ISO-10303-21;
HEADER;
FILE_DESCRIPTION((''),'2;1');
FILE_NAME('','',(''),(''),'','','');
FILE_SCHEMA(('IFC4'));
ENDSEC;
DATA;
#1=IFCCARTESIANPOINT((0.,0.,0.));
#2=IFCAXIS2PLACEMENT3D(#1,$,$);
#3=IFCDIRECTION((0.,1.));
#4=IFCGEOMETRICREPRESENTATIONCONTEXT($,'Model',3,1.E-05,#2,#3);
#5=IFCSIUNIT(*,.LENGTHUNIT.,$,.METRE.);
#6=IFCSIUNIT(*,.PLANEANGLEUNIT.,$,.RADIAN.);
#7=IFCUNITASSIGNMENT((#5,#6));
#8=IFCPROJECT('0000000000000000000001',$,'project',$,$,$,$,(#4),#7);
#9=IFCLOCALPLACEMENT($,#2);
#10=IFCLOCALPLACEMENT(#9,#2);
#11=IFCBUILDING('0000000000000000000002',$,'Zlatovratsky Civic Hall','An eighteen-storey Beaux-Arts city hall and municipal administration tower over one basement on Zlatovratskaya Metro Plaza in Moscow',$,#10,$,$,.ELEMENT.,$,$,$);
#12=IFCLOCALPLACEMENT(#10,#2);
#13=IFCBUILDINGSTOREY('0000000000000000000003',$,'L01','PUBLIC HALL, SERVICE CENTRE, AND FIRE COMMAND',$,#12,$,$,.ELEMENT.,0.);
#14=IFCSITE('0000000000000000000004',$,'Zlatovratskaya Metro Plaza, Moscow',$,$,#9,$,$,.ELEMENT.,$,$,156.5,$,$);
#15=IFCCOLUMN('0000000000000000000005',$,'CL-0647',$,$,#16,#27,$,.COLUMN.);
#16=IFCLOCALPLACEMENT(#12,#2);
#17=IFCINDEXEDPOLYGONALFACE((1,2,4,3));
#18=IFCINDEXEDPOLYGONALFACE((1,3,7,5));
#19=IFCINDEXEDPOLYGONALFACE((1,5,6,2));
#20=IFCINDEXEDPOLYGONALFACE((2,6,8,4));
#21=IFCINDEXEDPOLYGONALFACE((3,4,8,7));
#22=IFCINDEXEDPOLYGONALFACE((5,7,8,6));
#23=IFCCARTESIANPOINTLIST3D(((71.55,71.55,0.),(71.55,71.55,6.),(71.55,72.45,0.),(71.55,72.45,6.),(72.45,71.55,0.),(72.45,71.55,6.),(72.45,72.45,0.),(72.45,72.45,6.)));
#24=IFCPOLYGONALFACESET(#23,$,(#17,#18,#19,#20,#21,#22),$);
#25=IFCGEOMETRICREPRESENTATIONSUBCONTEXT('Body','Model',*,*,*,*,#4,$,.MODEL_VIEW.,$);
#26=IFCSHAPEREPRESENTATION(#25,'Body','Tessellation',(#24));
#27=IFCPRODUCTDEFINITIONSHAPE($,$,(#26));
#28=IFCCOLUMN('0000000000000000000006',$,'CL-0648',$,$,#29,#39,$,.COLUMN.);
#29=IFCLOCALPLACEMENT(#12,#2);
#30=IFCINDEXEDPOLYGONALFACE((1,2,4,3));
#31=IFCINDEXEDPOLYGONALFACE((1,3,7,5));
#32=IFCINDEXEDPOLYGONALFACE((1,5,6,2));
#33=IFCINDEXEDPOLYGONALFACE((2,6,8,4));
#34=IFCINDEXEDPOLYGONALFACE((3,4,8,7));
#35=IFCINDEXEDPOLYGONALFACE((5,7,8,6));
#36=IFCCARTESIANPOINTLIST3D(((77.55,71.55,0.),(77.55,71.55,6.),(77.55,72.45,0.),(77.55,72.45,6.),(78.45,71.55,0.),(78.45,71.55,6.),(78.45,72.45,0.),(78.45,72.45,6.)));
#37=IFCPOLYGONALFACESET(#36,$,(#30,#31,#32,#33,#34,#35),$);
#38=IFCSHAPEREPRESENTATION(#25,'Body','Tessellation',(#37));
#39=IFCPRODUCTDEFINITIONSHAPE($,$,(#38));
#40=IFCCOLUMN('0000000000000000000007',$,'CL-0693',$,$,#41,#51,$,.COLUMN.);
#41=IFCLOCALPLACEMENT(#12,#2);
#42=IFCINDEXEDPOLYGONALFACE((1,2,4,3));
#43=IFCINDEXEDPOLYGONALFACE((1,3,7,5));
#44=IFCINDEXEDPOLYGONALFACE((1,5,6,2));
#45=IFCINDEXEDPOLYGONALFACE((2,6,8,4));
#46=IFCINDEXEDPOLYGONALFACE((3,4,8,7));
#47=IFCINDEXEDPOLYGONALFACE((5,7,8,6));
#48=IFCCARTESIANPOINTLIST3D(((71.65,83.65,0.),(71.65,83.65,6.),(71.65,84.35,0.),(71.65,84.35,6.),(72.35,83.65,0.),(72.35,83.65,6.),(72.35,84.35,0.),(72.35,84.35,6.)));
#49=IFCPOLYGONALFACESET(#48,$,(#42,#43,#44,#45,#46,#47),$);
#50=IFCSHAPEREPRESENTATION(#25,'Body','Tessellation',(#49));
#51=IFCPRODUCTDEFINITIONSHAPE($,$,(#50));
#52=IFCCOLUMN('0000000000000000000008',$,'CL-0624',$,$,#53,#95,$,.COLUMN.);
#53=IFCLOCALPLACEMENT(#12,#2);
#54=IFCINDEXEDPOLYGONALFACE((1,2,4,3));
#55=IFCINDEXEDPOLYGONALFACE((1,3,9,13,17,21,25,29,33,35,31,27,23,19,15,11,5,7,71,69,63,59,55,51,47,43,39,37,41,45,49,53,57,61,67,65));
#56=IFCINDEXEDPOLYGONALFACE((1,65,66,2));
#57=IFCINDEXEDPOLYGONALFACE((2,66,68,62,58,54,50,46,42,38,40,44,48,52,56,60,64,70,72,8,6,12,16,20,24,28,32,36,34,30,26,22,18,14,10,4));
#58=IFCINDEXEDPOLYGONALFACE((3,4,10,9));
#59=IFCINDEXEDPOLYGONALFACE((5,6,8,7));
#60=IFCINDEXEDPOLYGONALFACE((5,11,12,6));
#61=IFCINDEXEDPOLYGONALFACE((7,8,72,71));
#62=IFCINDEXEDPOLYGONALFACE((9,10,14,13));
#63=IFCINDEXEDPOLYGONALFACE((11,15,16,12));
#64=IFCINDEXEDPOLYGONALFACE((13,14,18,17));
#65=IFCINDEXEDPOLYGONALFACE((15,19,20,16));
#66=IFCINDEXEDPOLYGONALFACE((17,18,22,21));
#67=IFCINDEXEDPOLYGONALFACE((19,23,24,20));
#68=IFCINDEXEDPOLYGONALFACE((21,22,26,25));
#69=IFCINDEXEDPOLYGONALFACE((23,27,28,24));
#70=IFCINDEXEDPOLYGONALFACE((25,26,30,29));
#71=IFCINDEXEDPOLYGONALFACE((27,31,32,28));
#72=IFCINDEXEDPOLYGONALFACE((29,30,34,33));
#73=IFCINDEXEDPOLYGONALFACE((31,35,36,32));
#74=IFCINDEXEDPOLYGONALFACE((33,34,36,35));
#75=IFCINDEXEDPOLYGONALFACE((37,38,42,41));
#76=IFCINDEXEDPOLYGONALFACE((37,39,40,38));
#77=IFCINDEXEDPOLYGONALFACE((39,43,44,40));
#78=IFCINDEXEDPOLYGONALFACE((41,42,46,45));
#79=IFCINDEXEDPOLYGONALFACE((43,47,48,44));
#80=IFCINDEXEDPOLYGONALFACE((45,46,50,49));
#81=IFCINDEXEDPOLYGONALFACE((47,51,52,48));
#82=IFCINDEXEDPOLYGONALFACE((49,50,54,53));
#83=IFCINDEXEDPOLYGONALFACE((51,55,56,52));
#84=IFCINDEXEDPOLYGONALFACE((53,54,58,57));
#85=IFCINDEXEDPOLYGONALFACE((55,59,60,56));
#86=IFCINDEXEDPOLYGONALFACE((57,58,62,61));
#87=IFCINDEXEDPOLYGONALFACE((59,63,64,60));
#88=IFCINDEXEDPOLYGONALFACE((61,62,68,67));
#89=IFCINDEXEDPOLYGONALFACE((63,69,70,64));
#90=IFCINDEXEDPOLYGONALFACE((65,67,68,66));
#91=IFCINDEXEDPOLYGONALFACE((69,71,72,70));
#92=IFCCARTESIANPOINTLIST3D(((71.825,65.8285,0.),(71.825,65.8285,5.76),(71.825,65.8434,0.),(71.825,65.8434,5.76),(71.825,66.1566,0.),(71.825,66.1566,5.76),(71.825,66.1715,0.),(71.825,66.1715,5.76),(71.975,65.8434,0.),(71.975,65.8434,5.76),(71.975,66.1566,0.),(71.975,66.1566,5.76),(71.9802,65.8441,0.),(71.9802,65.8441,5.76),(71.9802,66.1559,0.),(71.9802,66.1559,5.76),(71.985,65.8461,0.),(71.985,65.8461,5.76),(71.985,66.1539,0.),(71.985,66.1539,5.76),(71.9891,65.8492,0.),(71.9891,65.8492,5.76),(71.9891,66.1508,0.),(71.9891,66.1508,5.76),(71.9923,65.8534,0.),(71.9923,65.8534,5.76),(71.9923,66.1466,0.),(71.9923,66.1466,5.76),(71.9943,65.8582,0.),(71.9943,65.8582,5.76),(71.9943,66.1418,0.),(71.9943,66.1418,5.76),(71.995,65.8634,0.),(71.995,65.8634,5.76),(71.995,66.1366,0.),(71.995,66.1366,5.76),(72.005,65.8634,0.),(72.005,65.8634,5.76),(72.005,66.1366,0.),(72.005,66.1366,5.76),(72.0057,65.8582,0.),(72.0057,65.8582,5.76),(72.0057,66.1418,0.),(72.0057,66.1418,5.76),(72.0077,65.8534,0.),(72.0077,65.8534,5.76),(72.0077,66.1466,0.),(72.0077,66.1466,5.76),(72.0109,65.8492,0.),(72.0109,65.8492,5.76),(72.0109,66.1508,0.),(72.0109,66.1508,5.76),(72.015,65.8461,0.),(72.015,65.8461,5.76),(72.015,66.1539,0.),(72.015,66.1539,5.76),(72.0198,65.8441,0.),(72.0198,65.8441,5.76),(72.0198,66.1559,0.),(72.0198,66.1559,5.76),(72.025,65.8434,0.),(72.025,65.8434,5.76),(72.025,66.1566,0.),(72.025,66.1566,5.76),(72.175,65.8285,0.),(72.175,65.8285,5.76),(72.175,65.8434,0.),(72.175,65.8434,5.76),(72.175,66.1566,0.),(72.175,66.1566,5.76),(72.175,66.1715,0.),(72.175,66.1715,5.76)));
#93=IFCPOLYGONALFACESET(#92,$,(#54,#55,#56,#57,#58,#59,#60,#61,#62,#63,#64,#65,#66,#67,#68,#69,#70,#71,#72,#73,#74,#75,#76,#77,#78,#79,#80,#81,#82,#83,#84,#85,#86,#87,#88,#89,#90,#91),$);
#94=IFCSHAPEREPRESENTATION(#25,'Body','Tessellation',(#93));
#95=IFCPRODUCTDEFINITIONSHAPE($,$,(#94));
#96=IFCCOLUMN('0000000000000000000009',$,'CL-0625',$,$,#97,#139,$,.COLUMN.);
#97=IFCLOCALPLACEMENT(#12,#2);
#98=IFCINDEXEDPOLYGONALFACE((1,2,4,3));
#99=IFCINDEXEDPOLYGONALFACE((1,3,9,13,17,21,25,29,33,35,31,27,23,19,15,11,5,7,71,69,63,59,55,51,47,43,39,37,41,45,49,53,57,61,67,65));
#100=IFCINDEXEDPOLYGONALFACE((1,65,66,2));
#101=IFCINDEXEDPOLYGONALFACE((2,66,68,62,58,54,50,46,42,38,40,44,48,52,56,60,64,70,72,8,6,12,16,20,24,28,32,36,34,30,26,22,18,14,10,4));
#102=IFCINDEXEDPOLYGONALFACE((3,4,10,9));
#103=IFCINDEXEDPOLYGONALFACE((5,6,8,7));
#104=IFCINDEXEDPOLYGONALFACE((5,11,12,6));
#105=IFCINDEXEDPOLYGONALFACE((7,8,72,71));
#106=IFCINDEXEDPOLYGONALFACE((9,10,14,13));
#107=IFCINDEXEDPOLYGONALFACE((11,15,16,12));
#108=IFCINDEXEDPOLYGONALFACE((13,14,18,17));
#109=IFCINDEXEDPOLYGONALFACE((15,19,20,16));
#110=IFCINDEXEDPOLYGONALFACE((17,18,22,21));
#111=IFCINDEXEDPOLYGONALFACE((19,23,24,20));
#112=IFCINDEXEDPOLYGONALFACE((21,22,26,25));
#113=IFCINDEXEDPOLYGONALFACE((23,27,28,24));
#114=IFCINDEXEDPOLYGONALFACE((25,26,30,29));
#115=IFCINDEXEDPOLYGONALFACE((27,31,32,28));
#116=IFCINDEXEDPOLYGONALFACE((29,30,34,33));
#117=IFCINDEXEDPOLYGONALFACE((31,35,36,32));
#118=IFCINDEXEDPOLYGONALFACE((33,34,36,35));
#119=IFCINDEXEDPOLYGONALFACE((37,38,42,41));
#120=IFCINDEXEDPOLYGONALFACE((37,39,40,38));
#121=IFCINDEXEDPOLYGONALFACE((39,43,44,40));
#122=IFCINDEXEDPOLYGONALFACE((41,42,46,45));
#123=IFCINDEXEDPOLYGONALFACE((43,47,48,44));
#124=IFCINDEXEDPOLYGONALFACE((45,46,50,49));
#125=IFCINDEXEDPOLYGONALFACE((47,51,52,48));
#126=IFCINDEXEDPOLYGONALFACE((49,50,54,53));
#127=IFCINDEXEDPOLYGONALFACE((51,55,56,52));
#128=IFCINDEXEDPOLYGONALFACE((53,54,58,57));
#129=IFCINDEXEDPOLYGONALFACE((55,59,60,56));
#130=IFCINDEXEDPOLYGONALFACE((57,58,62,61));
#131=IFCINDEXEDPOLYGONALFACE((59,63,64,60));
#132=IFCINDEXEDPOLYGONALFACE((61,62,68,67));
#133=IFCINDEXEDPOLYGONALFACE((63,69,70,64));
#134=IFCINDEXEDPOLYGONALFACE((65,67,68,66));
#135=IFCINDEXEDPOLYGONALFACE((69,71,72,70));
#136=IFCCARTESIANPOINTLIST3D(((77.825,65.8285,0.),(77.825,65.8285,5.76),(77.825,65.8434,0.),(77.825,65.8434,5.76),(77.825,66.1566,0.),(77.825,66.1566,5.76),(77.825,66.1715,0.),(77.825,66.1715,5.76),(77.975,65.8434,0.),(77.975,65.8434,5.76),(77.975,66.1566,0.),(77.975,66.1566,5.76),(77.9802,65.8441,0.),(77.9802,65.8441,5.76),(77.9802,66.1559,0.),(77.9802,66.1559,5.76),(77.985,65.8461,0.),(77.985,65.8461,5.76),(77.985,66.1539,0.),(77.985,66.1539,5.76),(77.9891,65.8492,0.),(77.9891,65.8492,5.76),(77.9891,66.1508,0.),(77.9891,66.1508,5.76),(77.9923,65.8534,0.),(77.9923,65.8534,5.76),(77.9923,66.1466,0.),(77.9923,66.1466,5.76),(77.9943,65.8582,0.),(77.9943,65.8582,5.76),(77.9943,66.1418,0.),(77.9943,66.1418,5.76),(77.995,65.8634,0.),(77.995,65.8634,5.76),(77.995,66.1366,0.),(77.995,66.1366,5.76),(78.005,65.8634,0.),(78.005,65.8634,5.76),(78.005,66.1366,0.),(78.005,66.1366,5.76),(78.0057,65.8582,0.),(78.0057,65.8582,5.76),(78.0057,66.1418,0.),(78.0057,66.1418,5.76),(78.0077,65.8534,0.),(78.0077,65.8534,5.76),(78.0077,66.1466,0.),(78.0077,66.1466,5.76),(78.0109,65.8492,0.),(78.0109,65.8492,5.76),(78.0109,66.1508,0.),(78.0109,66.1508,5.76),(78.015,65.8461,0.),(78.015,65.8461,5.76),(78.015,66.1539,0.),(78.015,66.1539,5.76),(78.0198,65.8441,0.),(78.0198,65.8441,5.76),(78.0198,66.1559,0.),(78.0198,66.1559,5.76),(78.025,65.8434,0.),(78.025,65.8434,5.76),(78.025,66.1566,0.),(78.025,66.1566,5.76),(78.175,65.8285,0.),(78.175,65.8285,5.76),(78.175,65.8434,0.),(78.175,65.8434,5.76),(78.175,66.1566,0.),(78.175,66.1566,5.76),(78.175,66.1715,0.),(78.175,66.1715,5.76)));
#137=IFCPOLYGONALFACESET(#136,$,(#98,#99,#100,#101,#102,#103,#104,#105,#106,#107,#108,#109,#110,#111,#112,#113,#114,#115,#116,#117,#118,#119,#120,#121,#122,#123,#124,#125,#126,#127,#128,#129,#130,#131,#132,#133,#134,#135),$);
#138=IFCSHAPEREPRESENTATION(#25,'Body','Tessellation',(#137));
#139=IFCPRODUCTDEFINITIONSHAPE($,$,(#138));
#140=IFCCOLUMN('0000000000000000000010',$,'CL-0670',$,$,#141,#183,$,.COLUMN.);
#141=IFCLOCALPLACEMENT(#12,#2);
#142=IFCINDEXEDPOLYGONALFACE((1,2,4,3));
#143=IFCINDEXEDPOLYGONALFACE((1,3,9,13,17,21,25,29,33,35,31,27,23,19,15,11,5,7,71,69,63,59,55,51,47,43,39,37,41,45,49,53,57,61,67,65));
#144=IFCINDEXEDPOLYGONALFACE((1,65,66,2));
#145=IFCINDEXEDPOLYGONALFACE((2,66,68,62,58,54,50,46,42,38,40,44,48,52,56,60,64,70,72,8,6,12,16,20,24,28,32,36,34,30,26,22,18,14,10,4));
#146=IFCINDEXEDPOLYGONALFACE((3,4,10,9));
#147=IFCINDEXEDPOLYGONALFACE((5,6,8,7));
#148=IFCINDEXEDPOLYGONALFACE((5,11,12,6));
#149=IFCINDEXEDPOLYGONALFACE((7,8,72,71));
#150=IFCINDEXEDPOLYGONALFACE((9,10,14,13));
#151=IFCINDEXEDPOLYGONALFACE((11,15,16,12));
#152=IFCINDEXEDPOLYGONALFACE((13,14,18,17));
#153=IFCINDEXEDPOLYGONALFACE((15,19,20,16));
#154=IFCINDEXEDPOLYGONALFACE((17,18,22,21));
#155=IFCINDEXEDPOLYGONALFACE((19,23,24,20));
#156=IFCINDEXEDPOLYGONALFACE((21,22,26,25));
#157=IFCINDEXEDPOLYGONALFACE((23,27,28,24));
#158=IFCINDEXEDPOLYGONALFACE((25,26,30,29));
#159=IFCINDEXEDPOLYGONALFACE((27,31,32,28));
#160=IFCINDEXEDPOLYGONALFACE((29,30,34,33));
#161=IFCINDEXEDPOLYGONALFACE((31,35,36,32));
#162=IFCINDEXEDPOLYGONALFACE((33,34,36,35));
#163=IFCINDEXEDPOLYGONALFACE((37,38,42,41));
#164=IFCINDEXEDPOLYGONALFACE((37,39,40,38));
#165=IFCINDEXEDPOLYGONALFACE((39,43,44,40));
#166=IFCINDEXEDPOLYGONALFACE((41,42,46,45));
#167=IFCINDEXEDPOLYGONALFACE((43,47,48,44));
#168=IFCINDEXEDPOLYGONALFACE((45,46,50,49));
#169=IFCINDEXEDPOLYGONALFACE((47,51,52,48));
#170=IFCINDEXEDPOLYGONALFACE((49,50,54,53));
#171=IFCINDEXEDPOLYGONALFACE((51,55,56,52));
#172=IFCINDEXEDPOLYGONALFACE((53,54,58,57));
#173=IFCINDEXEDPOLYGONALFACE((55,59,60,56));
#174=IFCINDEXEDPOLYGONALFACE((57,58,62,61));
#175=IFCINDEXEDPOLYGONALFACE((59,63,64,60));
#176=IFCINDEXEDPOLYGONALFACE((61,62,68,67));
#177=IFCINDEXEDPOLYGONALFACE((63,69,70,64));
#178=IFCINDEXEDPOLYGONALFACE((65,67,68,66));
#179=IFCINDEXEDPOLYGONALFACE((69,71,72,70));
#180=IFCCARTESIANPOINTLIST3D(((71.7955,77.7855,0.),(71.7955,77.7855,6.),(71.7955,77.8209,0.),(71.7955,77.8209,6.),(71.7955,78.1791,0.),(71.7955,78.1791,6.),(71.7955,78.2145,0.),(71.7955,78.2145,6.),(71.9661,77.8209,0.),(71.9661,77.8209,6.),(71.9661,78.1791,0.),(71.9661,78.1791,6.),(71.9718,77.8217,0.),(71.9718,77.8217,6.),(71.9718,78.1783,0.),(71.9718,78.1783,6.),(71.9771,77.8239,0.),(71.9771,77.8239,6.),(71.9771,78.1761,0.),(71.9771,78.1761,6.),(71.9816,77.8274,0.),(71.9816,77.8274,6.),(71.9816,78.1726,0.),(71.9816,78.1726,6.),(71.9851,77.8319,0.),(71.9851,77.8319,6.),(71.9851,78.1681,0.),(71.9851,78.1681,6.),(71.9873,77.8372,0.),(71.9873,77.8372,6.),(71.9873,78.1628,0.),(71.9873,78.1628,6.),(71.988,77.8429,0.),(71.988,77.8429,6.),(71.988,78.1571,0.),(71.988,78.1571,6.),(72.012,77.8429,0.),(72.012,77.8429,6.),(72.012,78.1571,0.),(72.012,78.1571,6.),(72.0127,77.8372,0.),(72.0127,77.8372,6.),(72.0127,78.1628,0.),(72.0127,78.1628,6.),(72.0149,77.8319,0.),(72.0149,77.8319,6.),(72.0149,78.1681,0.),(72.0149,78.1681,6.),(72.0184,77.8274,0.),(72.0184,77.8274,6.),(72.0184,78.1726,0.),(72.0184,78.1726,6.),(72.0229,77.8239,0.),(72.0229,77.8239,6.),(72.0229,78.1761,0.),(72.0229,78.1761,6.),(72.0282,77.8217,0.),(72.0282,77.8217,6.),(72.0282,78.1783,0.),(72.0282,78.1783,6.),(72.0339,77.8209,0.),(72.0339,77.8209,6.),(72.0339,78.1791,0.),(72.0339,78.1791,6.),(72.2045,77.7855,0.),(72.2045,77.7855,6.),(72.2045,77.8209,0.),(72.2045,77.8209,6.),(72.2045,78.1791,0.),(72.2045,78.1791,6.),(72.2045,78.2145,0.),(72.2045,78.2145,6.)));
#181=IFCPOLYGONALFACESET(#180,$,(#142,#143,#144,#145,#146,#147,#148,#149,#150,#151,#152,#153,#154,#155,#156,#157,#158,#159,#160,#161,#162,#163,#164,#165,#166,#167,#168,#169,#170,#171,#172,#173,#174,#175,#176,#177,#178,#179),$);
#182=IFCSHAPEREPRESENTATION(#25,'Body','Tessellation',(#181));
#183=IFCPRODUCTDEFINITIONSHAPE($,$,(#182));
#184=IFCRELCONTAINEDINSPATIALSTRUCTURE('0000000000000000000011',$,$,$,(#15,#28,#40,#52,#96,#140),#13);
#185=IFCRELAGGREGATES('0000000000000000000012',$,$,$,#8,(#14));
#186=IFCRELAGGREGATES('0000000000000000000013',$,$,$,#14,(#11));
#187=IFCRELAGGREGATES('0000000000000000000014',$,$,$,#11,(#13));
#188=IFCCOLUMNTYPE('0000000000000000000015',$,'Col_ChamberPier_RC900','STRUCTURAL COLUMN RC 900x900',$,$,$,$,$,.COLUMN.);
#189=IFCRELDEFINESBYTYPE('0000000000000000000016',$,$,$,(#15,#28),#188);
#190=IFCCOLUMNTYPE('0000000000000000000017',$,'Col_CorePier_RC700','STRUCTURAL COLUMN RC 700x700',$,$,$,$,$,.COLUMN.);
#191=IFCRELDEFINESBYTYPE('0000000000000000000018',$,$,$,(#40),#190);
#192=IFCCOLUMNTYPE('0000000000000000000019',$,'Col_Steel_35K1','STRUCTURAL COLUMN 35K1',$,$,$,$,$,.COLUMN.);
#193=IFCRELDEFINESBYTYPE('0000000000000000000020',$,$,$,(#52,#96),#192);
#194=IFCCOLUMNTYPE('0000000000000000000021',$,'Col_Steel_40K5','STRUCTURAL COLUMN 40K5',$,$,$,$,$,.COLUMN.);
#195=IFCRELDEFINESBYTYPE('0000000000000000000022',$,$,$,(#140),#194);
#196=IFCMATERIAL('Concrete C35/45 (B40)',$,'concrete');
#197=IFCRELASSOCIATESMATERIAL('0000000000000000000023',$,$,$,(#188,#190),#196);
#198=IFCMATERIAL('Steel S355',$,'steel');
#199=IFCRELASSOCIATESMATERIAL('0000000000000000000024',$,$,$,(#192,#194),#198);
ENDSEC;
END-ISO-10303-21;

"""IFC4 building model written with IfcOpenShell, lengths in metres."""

from ifc_helpers import new_model, si_unit, direction, frame, origin, origin_2d, place, context, subcontext, project, spatial, rectangle, i_section, extrude, material, material_profile, profile_set, type_object, element, save


model = new_model("IFC4")

# Units and contexts
model_context = context("Model", 3, precision=1e-05, world=origin(), true_north=direction((0.0, 1.0)))
body_context = subcontext(model_context, "Body", "Model", "MODEL_VIEW")
ifc_project = project(units=[si_unit("LENGTHUNIT", "METRE"), si_unit("PLANEANGLEUNIT", "RADIAN")], contexts=[model_context])

# Site, building, storey
site_placement = place(None, origin())
site = spatial("IfcSite", under=ifc_project, at=site_placement, Name="Zlatovratskaya Metro Plaza, Moscow", CompositionType="ELEMENT", RefElevation=156.5)
building_placement = place(site_placement, origin())
building = spatial("IfcBuilding", under=site, at=building_placement, Name="Zlatovratsky Civic Hall", Description="An eighteen-storey Beaux-Arts city hall and municipal administration tower over one basement on Zlatovratskaya Metro Plaza in Moscow", CompositionType="ELEMENT")
storey_placement = place(building_placement, origin())
storey = spatial("IfcBuildingStorey", under=building, at=storey_placement, Name="L01", Description="PUBLIC HALL, SERVICE CENTRE, AND FIRE COMMAND", CompositionType="ELEMENT", Elevation=0.0)

# Columns
ifc_material_1 = material(Name="Concrete C35/45 (B40)", Category="concrete")
ifc_material_profile_1 = material_profile(ifc_material_1, rectangle(XDim=0.8999, YDim=0.8999, at=origin_2d()), Name="RC 900x900")
ifc_profile_set_1 = profile_set([ifc_material_profile_1], Name="Concrete C35/45 (B40)")
column_type_1 = type_object("IfcColumnType", Name="Col_ChamberPier_RC900", Description="STRUCTURAL COLUMN RC 900x900", PredefinedType="COLUMN", material=ifc_profile_set_1)
for number, where, z_axis, x_axis, name in (
    (1, (72.0, 72.0, 0.0), (0.0, 0.0, 1.0), (1.0, 0.0, 0.0), "CL-0647"),
    (2, (78.0, 72.0, 0.0), (0.0, 0.0, 1.0), (1.0, 0.0, 0.0), "CL-0648"),
):
    element("IfcColumn", number, at=place(storey_placement, frame(where, z_axis=z_axis, x_axis=x_axis)), inside=storey, type_object=column_type_1, Name=name, PredefinedType="COLUMN", context=body_context, shape_type="SweptSolid", body=[
        extrude(rectangle(XDim=0.8999, YDim=0.8999, at=origin_2d()), origin(), (0.0, 0.0, 1.0), 6.0),
    ])
ifc_material_profile_2 = material_profile(ifc_material_1, rectangle(XDim=0.7, YDim=0.7, at=origin_2d()), Name="RC 700x700")
ifc_profile_set_2 = profile_set([ifc_material_profile_2], Name="Concrete C35/45 (B40)")
column_type_2 = type_object("IfcColumnType", Name="Col_CorePier_RC700", Description="STRUCTURAL COLUMN RC 700x700", PredefinedType="COLUMN", material=ifc_profile_set_2)
column_placement = place(storey_placement, frame((72.0, 84.0, 0.0), z_axis=(0.0, 0.0, 1.0), x_axis=(1.0, 0.0, 0.0)))
element("IfcColumn", 3, at=column_placement, inside=storey, type_object=column_type_2, Name="CL-0693", PredefinedType="COLUMN", context=body_context, shape_type="SweptSolid", body=[
    extrude(rectangle(XDim=0.7, YDim=0.7, at=origin_2d()), origin(), (0.0, 0.0, 1.0), 6.0),
])
ifc_material_2 = material(Name="Steel S355", Category="steel")
ifc_material_profile_3 = material_profile(ifc_material_2, i_section(OverallWidth=0.3501, OverallDepth=0.343, WebThickness=0.01, FlangeThickness=0.0149, FilletRadius=0.02, at=origin_2d()), Name="35K1")
ifc_profile_set_3 = profile_set([ifc_material_profile_3], Name="Steel S355")
column_type_3 = type_object("IfcColumnType", Name="Col_Steel_35K1", Description="STRUCTURAL COLUMN 35K1", PredefinedType="COLUMN", material=ifc_profile_set_3)
for number, where, z_axis, x_axis, name in (
    (4, (72.0, 66.0, 0.0), (0.0, 0.0, 1.0), (1.0, 0.0, 0.0), "CL-0624"),
    (5, (78.0, 66.0, 0.0), (0.0, 0.0, 1.0), (1.0, 0.0, 0.0), "CL-0625"),
):
    element("IfcColumn", number, at=place(storey_placement, frame(where, z_axis=z_axis, x_axis=x_axis)), inside=storey, type_object=column_type_3, Name=name, PredefinedType="COLUMN", context=body_context, shape_type="SweptSolid", body=[
        extrude(i_section(OverallWidth=0.3501, OverallDepth=0.343, WebThickness=0.01, FlangeThickness=0.0149, FilletRadius=0.02, at=origin_2d()), origin(), (0.0, 0.0, 1.0), 5.76),
    ])
ifc_material_profile_4 = material_profile(ifc_material_2, i_section(OverallWidth=0.4089, OverallDepth=0.429, WebThickness=0.0239, FlangeThickness=0.0354, FilletRadius=0.022, at=origin_2d()), Name="40K5")
ifc_profile_set_4 = profile_set([ifc_material_profile_4], Name="Steel S355")
column_type_4 = type_object("IfcColumnType", Name="Col_Steel_40K5", Description="STRUCTURAL COLUMN 40K5", PredefinedType="COLUMN", material=ifc_profile_set_4)
for number, where, z_axis, x_axis, name in (
    (6, (72.0, 78.0, 0.0), (0.0, 0.0, 1.0), (1.0, 0.0, 0.0), "CL-0670"),
):
    element("IfcColumn", number, at=place(storey_placement, frame(where, z_axis=z_axis, x_axis=x_axis)), inside=storey, type_object=column_type_4, Name=name, PredefinedType="COLUMN", context=body_context, shape_type="SweptSolid", body=[
        extrude(i_section(OverallWidth=0.4089, OverallDepth=0.429, WebThickness=0.0239, FlangeThickness=0.0354, FilletRadius=0.022, at=origin_2d()), origin(), (0.0, 0.0, 1.0), 6.0),
    ])

save(model, "model.ifc")
